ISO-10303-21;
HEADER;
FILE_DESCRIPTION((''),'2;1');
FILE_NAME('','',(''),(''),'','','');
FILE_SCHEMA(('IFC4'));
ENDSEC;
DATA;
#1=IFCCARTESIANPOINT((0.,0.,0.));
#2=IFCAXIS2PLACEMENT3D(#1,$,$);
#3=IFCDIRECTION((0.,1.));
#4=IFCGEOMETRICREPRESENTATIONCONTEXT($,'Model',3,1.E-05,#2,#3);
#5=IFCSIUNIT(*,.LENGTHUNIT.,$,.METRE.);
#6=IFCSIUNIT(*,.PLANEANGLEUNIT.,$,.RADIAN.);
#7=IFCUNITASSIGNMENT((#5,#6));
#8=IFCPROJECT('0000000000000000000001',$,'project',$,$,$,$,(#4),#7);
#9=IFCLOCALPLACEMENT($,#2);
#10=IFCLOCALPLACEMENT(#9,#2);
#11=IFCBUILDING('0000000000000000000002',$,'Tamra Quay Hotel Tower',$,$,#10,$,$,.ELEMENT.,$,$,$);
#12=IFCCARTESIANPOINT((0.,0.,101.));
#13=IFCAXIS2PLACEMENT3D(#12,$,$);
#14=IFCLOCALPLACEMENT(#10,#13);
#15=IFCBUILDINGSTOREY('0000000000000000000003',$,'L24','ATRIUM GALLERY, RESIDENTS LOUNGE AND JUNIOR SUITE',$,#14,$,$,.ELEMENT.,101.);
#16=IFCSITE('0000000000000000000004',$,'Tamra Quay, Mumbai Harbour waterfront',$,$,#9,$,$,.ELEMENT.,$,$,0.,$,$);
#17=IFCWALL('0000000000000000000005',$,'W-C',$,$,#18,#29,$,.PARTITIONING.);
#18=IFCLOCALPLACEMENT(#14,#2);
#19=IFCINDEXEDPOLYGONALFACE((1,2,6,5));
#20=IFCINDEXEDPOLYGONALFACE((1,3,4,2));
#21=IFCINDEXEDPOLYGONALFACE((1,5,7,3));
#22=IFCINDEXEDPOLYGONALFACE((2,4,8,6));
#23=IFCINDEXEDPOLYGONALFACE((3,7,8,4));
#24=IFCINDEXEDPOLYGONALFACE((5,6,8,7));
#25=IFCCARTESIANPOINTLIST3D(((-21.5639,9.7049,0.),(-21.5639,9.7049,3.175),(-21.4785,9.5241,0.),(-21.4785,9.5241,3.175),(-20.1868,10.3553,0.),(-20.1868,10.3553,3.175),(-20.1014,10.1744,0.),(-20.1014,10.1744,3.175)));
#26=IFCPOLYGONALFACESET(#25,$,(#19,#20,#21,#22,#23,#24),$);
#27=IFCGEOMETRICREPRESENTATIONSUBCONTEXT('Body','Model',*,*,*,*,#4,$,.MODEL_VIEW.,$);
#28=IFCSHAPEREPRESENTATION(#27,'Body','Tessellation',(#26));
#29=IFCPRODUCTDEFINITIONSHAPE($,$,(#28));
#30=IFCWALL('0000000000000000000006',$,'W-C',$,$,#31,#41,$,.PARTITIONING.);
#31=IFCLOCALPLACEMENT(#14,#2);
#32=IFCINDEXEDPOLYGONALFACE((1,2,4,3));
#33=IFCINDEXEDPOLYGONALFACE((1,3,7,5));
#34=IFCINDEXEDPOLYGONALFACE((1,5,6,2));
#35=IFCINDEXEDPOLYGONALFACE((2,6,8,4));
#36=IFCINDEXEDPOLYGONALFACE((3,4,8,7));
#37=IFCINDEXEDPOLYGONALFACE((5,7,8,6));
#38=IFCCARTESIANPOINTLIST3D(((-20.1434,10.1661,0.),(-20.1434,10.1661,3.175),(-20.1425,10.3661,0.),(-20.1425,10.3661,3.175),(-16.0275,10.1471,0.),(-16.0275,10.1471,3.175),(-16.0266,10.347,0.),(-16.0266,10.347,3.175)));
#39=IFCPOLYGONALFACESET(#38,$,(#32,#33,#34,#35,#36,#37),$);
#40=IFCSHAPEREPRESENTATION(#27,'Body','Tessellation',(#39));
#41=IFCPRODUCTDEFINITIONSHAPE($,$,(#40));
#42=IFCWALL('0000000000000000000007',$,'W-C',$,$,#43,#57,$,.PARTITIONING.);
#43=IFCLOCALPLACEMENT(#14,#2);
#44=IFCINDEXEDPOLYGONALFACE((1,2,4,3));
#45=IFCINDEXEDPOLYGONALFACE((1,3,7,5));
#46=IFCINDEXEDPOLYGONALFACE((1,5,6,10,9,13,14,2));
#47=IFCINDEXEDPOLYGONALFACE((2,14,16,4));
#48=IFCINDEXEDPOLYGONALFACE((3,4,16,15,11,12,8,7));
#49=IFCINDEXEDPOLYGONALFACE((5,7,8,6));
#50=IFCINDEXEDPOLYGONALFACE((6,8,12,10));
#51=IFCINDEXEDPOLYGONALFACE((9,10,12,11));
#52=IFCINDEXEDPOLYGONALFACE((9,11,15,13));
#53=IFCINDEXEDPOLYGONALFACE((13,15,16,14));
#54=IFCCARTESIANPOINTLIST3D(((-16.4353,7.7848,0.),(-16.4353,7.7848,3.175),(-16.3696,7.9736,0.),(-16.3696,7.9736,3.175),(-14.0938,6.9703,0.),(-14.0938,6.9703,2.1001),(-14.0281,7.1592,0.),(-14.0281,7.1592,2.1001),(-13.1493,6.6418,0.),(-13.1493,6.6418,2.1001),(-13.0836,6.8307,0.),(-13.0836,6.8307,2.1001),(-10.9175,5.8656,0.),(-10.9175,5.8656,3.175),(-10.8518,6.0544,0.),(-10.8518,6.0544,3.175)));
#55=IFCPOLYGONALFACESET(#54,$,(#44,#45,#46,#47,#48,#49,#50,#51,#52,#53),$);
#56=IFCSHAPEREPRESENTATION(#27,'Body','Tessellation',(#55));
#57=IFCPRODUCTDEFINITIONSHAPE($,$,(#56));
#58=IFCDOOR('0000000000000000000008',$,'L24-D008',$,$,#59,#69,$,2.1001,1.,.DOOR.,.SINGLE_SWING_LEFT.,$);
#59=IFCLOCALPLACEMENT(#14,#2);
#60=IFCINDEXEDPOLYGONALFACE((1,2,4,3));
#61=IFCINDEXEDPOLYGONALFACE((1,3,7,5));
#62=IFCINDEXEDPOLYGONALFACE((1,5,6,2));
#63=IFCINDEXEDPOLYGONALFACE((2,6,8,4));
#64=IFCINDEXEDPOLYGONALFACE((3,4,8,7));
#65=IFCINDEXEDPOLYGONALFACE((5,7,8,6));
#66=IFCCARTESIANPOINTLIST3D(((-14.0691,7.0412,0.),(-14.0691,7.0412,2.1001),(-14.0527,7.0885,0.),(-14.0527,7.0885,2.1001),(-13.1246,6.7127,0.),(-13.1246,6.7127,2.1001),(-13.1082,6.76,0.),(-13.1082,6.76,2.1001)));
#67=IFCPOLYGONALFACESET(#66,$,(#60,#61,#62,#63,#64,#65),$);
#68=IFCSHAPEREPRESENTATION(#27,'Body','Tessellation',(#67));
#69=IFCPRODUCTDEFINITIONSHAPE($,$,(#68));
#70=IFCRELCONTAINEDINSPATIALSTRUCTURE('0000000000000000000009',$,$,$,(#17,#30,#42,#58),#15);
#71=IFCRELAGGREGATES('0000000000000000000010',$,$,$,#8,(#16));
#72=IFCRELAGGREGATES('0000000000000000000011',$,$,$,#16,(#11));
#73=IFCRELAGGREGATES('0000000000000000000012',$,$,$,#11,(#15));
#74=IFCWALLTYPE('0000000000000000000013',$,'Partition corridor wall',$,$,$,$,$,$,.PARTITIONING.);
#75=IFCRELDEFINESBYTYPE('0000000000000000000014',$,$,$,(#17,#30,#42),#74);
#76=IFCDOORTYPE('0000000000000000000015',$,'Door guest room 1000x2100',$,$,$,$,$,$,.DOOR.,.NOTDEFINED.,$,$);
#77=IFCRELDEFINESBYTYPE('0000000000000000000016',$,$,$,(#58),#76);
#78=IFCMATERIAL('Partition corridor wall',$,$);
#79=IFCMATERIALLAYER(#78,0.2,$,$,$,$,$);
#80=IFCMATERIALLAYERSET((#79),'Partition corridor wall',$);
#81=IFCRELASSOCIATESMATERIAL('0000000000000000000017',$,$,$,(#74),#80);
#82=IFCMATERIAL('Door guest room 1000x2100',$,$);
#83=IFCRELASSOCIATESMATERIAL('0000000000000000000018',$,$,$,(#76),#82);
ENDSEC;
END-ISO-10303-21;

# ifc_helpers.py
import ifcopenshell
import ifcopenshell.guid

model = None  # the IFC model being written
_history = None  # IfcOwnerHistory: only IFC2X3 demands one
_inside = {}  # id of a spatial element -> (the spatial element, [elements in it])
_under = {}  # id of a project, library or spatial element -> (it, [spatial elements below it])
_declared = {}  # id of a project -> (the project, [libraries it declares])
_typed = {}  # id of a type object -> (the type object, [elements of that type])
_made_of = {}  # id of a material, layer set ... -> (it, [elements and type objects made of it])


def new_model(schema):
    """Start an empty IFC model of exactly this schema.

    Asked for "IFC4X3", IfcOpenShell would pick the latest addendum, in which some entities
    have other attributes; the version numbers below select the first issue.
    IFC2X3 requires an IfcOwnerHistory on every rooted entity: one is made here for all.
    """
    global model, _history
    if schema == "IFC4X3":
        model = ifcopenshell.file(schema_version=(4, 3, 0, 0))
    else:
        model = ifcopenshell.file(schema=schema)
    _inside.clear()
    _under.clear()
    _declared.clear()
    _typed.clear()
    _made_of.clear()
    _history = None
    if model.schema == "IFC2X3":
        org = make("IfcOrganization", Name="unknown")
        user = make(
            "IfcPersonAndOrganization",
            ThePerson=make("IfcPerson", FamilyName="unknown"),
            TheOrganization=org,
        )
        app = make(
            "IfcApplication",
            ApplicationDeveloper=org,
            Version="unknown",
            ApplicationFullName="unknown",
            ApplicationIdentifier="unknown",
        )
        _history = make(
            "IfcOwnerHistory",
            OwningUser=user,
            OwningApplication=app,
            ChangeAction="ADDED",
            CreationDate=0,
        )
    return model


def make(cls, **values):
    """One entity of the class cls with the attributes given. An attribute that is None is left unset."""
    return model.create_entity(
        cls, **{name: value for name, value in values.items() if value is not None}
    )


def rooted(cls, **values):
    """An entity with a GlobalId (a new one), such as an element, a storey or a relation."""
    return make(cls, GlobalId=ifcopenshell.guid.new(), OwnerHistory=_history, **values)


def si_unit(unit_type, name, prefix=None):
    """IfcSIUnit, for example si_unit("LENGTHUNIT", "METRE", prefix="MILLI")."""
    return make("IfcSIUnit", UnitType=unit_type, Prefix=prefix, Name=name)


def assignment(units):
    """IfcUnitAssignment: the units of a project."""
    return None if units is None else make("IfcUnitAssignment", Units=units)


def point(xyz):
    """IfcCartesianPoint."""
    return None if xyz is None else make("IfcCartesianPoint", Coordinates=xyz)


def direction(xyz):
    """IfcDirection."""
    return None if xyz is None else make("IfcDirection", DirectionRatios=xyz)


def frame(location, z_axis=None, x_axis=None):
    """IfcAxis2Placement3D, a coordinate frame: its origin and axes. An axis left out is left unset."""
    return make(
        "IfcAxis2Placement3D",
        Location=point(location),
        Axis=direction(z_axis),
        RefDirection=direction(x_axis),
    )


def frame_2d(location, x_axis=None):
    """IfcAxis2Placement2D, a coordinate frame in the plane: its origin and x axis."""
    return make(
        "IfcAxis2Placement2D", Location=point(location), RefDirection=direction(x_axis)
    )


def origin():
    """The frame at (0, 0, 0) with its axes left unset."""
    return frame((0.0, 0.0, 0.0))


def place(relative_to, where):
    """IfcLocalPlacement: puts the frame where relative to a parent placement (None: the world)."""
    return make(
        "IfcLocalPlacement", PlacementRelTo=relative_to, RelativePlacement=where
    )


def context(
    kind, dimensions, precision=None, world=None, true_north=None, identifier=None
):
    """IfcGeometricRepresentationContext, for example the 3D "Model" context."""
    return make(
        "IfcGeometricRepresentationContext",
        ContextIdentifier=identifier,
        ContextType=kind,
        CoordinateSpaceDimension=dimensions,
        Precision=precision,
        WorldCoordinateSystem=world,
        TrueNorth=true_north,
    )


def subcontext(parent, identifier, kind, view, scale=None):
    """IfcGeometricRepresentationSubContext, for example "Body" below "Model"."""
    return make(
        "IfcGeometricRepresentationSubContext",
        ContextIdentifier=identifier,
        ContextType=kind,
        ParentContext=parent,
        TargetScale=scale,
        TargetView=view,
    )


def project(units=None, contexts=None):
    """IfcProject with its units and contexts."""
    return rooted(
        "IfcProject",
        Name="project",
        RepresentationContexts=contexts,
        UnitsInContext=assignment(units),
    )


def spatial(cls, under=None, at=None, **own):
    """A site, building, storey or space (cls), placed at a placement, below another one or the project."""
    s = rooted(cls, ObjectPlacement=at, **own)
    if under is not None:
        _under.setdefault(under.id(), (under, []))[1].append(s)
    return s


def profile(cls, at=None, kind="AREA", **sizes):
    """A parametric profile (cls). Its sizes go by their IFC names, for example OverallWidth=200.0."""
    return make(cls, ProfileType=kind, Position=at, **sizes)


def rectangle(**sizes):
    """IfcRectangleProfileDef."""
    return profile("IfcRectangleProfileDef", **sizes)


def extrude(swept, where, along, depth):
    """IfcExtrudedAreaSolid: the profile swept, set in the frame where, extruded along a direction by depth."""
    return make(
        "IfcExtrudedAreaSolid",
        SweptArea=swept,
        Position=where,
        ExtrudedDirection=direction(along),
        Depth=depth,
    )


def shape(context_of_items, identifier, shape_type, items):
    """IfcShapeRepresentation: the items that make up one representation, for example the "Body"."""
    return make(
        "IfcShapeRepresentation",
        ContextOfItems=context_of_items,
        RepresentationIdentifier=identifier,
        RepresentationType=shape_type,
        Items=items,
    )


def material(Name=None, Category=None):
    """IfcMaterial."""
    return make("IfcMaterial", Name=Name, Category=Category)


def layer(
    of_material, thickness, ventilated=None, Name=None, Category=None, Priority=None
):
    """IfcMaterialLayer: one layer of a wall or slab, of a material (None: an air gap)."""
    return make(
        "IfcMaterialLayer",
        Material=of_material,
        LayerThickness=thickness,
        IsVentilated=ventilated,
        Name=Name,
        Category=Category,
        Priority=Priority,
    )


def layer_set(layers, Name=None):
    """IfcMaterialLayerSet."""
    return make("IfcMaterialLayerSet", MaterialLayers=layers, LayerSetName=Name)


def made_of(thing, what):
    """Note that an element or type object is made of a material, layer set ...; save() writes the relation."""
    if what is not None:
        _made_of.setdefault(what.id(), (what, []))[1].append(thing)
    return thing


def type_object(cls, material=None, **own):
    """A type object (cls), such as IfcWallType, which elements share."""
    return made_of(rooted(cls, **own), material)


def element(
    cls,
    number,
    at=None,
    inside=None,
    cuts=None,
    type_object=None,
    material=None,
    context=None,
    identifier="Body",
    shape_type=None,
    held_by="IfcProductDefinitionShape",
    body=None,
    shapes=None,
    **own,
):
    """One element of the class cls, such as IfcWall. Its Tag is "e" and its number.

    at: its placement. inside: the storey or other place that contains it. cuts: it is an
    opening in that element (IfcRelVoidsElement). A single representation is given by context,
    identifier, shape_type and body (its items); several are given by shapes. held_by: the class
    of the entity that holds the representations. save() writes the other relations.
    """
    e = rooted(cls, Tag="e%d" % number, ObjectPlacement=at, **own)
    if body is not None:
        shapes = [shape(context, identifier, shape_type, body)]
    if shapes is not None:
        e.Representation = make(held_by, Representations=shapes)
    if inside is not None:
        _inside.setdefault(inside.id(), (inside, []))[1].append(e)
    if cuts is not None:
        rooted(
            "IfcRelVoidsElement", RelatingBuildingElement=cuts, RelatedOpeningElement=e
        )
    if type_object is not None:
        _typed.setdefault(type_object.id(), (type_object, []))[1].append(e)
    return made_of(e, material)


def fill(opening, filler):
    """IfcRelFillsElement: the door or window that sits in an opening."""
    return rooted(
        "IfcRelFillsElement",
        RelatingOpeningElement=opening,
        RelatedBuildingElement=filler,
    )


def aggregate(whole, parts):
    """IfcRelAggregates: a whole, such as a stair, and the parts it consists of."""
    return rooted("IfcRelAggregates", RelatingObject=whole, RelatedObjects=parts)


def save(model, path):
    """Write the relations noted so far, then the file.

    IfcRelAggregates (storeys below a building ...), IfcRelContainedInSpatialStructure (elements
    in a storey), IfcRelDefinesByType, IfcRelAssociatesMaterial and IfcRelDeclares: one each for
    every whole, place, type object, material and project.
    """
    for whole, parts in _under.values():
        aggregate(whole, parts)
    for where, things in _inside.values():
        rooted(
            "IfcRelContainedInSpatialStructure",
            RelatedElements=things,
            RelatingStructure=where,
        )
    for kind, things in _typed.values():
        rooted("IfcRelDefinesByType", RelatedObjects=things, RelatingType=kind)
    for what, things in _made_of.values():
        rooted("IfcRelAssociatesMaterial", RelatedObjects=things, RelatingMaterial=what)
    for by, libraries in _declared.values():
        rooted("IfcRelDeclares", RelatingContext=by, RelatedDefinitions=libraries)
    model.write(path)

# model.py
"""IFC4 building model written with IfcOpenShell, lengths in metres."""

from ifc_helpers import new_model, si_unit, direction, frame, frame_2d, origin, place, context, subcontext, project, spatial, rectangle, extrude, material, layer, layer_set, type_object, element, fill, save


model = new_model("IFC4")

# Units and contexts
model_context = context("Model", 3, precision=1e-05, world=origin(), true_north=direction((0.0, 1.0)))
body_context = subcontext(model_context, "Body", "Model", "MODEL_VIEW")
ifc_project = project(units=[si_unit("LENGTHUNIT", "METRE"), si_unit("PLANEANGLEUNIT", "RADIAN")], contexts=[model_context])

# Site, building, storey
site_placement = place(None, origin())
site = spatial("IfcSite", under=ifc_project, at=site_placement, Name="Tamra Quay, Mumbai Harbour waterfront", CompositionType="ELEMENT", RefElevation=0.0)
building_placement = place(site_placement, origin())
building = spatial("IfcBuilding", under=site, at=building_placement, Name="Tamra Quay Hotel Tower", CompositionType="ELEMENT")
storey_placement = place(building_placement, frame((0.0, 0.0, 101.0)))
storey = spatial("IfcBuildingStorey", under=building, at=storey_placement, Name="L24", Description="ATRIUM GALLERY, RESIDENTS LOUNGE AND JUNIOR SUITE", CompositionType="ELEMENT", Elevation=101.0)

# Shared definitions
ifc_material_1 = material(Name="Partition corridor wall")
ifc_layer_1 = layer(ifc_material_1, 0.2)
ifc_layer_set_1 = layer_set([ifc_layer_1], Name="Partition corridor wall")
wall_type_1 = type_object("IfcWallType", Name="Partition corridor wall", PredefinedType="PARTITIONING", material=ifc_layer_set_1)
ifc_material_2 = material(Name="Door guest room 1000x2100")
door_type_1 = type_object("IfcDoorType", Name="Door guest room 1000x2100", OperationType="NOTDEFINED", PredefinedType="DOOR", material=ifc_material_2)

# Walls
wall_1_placement = place(storey_placement, frame((-21.5212, 9.6145, 0.0), z_axis=(0.0, 0.0, 1.0), x_axis=(0.904237, 0.427032, 0.0)))
element("IfcWall", 1, at=wall_1_placement, inside=storey, type_object=wall_type_1, Name="W-C", PredefinedType="PARTITIONING", context=body_context, shape_type="SweptSolid", body=[
    extrude(rectangle(XDim=1.5229, YDim=0.2, at=frame_2d((0.7615, 0.0))), origin(), (0.0, 0.0, 1.0), 3.175),
])
wall_2_placement = place(storey_placement, frame((-20.1431, 10.2661, 0.0), z_axis=(0.0, 0.0, 1.0), x_axis=(0.999989, -0.004627, 0.0)))
element("IfcWall", 2, at=wall_2_placement, inside=storey, type_object=wall_type_1, Name="W-C", PredefinedType="PARTITIONING", context=body_context, shape_type="SweptSolid", body=[
    extrude(rectangle(XDim=4.116, YDim=0.2, at=frame_2d((2.0581, 0.0))), origin(), (0.0, 0.0, 1.0), 3.175),
])

# Wall, opening, door
wall_3_placement = place(storey_placement, frame((-16.4023, 7.8792, 0.0), z_axis=(0.0, 0.0, 1.0), x_axis=(0.9445, -0.328513, 0.0)))
wall_3 = element("IfcWall", 3, at=wall_3_placement, inside=storey, type_object=wall_type_1, Name="W-C", PredefinedType="PARTITIONING", context=body_context, shape_type="SweptSolid", body=[
    extrude(rectangle(XDim=5.842, YDim=0.2, at=frame_2d((2.9209, 0.0))), origin(), (0.0, 0.0, 1.0), 3.175),
])
opening_1_placement = place(wall_3_placement, frame((2.479, 0.0, 0.0)))
opening_1 = element("IfcOpeningElement", 4, at=opening_1_placement, cuts=wall_3, PredefinedType="OPENING", context=body_context, shape_type="SweptSolid", body=[
    extrude(rectangle(XDim=1.0, YDim=2.1001, at=frame_2d((0.5, 1.05))), frame((0.0, 0.1099, 0.0), z_axis=(0.0, -1.0, 0.0), x_axis=(1.0, 0.0, 0.0)), (0.0, 0.0, 1.0), 0.22),
])
door_1_placement = place(opening_1_placement, frame((1.0, 0.0, 0.0), z_axis=(0.0, 0.0, 1.0), x_axis=(-1.0, 0.0, 0.0)))
door_1 = element("IfcDoor", 5, at=door_1_placement, inside=storey, type_object=door_type_1, Name="L24-D008", OperationType="SINGLE_SWING_LEFT", OverallHeight=2.1001, OverallWidth=1.0, PredefinedType="DOOR", context=body_context, shape_type="SweptSolid", body=[
    extrude(rectangle(XDim=1.0, YDim=2.1001, at=frame_2d((0.5, 1.05))), frame((0.0, 0.0249, 0.0), z_axis=(0.0, -1.0, 0.0), x_axis=(1.0, 0.0, 0.0)), (0.0, 0.0, 1.0), 0.05),
])
fill(opening_1, door_1)

save(model, "model.ifc")
